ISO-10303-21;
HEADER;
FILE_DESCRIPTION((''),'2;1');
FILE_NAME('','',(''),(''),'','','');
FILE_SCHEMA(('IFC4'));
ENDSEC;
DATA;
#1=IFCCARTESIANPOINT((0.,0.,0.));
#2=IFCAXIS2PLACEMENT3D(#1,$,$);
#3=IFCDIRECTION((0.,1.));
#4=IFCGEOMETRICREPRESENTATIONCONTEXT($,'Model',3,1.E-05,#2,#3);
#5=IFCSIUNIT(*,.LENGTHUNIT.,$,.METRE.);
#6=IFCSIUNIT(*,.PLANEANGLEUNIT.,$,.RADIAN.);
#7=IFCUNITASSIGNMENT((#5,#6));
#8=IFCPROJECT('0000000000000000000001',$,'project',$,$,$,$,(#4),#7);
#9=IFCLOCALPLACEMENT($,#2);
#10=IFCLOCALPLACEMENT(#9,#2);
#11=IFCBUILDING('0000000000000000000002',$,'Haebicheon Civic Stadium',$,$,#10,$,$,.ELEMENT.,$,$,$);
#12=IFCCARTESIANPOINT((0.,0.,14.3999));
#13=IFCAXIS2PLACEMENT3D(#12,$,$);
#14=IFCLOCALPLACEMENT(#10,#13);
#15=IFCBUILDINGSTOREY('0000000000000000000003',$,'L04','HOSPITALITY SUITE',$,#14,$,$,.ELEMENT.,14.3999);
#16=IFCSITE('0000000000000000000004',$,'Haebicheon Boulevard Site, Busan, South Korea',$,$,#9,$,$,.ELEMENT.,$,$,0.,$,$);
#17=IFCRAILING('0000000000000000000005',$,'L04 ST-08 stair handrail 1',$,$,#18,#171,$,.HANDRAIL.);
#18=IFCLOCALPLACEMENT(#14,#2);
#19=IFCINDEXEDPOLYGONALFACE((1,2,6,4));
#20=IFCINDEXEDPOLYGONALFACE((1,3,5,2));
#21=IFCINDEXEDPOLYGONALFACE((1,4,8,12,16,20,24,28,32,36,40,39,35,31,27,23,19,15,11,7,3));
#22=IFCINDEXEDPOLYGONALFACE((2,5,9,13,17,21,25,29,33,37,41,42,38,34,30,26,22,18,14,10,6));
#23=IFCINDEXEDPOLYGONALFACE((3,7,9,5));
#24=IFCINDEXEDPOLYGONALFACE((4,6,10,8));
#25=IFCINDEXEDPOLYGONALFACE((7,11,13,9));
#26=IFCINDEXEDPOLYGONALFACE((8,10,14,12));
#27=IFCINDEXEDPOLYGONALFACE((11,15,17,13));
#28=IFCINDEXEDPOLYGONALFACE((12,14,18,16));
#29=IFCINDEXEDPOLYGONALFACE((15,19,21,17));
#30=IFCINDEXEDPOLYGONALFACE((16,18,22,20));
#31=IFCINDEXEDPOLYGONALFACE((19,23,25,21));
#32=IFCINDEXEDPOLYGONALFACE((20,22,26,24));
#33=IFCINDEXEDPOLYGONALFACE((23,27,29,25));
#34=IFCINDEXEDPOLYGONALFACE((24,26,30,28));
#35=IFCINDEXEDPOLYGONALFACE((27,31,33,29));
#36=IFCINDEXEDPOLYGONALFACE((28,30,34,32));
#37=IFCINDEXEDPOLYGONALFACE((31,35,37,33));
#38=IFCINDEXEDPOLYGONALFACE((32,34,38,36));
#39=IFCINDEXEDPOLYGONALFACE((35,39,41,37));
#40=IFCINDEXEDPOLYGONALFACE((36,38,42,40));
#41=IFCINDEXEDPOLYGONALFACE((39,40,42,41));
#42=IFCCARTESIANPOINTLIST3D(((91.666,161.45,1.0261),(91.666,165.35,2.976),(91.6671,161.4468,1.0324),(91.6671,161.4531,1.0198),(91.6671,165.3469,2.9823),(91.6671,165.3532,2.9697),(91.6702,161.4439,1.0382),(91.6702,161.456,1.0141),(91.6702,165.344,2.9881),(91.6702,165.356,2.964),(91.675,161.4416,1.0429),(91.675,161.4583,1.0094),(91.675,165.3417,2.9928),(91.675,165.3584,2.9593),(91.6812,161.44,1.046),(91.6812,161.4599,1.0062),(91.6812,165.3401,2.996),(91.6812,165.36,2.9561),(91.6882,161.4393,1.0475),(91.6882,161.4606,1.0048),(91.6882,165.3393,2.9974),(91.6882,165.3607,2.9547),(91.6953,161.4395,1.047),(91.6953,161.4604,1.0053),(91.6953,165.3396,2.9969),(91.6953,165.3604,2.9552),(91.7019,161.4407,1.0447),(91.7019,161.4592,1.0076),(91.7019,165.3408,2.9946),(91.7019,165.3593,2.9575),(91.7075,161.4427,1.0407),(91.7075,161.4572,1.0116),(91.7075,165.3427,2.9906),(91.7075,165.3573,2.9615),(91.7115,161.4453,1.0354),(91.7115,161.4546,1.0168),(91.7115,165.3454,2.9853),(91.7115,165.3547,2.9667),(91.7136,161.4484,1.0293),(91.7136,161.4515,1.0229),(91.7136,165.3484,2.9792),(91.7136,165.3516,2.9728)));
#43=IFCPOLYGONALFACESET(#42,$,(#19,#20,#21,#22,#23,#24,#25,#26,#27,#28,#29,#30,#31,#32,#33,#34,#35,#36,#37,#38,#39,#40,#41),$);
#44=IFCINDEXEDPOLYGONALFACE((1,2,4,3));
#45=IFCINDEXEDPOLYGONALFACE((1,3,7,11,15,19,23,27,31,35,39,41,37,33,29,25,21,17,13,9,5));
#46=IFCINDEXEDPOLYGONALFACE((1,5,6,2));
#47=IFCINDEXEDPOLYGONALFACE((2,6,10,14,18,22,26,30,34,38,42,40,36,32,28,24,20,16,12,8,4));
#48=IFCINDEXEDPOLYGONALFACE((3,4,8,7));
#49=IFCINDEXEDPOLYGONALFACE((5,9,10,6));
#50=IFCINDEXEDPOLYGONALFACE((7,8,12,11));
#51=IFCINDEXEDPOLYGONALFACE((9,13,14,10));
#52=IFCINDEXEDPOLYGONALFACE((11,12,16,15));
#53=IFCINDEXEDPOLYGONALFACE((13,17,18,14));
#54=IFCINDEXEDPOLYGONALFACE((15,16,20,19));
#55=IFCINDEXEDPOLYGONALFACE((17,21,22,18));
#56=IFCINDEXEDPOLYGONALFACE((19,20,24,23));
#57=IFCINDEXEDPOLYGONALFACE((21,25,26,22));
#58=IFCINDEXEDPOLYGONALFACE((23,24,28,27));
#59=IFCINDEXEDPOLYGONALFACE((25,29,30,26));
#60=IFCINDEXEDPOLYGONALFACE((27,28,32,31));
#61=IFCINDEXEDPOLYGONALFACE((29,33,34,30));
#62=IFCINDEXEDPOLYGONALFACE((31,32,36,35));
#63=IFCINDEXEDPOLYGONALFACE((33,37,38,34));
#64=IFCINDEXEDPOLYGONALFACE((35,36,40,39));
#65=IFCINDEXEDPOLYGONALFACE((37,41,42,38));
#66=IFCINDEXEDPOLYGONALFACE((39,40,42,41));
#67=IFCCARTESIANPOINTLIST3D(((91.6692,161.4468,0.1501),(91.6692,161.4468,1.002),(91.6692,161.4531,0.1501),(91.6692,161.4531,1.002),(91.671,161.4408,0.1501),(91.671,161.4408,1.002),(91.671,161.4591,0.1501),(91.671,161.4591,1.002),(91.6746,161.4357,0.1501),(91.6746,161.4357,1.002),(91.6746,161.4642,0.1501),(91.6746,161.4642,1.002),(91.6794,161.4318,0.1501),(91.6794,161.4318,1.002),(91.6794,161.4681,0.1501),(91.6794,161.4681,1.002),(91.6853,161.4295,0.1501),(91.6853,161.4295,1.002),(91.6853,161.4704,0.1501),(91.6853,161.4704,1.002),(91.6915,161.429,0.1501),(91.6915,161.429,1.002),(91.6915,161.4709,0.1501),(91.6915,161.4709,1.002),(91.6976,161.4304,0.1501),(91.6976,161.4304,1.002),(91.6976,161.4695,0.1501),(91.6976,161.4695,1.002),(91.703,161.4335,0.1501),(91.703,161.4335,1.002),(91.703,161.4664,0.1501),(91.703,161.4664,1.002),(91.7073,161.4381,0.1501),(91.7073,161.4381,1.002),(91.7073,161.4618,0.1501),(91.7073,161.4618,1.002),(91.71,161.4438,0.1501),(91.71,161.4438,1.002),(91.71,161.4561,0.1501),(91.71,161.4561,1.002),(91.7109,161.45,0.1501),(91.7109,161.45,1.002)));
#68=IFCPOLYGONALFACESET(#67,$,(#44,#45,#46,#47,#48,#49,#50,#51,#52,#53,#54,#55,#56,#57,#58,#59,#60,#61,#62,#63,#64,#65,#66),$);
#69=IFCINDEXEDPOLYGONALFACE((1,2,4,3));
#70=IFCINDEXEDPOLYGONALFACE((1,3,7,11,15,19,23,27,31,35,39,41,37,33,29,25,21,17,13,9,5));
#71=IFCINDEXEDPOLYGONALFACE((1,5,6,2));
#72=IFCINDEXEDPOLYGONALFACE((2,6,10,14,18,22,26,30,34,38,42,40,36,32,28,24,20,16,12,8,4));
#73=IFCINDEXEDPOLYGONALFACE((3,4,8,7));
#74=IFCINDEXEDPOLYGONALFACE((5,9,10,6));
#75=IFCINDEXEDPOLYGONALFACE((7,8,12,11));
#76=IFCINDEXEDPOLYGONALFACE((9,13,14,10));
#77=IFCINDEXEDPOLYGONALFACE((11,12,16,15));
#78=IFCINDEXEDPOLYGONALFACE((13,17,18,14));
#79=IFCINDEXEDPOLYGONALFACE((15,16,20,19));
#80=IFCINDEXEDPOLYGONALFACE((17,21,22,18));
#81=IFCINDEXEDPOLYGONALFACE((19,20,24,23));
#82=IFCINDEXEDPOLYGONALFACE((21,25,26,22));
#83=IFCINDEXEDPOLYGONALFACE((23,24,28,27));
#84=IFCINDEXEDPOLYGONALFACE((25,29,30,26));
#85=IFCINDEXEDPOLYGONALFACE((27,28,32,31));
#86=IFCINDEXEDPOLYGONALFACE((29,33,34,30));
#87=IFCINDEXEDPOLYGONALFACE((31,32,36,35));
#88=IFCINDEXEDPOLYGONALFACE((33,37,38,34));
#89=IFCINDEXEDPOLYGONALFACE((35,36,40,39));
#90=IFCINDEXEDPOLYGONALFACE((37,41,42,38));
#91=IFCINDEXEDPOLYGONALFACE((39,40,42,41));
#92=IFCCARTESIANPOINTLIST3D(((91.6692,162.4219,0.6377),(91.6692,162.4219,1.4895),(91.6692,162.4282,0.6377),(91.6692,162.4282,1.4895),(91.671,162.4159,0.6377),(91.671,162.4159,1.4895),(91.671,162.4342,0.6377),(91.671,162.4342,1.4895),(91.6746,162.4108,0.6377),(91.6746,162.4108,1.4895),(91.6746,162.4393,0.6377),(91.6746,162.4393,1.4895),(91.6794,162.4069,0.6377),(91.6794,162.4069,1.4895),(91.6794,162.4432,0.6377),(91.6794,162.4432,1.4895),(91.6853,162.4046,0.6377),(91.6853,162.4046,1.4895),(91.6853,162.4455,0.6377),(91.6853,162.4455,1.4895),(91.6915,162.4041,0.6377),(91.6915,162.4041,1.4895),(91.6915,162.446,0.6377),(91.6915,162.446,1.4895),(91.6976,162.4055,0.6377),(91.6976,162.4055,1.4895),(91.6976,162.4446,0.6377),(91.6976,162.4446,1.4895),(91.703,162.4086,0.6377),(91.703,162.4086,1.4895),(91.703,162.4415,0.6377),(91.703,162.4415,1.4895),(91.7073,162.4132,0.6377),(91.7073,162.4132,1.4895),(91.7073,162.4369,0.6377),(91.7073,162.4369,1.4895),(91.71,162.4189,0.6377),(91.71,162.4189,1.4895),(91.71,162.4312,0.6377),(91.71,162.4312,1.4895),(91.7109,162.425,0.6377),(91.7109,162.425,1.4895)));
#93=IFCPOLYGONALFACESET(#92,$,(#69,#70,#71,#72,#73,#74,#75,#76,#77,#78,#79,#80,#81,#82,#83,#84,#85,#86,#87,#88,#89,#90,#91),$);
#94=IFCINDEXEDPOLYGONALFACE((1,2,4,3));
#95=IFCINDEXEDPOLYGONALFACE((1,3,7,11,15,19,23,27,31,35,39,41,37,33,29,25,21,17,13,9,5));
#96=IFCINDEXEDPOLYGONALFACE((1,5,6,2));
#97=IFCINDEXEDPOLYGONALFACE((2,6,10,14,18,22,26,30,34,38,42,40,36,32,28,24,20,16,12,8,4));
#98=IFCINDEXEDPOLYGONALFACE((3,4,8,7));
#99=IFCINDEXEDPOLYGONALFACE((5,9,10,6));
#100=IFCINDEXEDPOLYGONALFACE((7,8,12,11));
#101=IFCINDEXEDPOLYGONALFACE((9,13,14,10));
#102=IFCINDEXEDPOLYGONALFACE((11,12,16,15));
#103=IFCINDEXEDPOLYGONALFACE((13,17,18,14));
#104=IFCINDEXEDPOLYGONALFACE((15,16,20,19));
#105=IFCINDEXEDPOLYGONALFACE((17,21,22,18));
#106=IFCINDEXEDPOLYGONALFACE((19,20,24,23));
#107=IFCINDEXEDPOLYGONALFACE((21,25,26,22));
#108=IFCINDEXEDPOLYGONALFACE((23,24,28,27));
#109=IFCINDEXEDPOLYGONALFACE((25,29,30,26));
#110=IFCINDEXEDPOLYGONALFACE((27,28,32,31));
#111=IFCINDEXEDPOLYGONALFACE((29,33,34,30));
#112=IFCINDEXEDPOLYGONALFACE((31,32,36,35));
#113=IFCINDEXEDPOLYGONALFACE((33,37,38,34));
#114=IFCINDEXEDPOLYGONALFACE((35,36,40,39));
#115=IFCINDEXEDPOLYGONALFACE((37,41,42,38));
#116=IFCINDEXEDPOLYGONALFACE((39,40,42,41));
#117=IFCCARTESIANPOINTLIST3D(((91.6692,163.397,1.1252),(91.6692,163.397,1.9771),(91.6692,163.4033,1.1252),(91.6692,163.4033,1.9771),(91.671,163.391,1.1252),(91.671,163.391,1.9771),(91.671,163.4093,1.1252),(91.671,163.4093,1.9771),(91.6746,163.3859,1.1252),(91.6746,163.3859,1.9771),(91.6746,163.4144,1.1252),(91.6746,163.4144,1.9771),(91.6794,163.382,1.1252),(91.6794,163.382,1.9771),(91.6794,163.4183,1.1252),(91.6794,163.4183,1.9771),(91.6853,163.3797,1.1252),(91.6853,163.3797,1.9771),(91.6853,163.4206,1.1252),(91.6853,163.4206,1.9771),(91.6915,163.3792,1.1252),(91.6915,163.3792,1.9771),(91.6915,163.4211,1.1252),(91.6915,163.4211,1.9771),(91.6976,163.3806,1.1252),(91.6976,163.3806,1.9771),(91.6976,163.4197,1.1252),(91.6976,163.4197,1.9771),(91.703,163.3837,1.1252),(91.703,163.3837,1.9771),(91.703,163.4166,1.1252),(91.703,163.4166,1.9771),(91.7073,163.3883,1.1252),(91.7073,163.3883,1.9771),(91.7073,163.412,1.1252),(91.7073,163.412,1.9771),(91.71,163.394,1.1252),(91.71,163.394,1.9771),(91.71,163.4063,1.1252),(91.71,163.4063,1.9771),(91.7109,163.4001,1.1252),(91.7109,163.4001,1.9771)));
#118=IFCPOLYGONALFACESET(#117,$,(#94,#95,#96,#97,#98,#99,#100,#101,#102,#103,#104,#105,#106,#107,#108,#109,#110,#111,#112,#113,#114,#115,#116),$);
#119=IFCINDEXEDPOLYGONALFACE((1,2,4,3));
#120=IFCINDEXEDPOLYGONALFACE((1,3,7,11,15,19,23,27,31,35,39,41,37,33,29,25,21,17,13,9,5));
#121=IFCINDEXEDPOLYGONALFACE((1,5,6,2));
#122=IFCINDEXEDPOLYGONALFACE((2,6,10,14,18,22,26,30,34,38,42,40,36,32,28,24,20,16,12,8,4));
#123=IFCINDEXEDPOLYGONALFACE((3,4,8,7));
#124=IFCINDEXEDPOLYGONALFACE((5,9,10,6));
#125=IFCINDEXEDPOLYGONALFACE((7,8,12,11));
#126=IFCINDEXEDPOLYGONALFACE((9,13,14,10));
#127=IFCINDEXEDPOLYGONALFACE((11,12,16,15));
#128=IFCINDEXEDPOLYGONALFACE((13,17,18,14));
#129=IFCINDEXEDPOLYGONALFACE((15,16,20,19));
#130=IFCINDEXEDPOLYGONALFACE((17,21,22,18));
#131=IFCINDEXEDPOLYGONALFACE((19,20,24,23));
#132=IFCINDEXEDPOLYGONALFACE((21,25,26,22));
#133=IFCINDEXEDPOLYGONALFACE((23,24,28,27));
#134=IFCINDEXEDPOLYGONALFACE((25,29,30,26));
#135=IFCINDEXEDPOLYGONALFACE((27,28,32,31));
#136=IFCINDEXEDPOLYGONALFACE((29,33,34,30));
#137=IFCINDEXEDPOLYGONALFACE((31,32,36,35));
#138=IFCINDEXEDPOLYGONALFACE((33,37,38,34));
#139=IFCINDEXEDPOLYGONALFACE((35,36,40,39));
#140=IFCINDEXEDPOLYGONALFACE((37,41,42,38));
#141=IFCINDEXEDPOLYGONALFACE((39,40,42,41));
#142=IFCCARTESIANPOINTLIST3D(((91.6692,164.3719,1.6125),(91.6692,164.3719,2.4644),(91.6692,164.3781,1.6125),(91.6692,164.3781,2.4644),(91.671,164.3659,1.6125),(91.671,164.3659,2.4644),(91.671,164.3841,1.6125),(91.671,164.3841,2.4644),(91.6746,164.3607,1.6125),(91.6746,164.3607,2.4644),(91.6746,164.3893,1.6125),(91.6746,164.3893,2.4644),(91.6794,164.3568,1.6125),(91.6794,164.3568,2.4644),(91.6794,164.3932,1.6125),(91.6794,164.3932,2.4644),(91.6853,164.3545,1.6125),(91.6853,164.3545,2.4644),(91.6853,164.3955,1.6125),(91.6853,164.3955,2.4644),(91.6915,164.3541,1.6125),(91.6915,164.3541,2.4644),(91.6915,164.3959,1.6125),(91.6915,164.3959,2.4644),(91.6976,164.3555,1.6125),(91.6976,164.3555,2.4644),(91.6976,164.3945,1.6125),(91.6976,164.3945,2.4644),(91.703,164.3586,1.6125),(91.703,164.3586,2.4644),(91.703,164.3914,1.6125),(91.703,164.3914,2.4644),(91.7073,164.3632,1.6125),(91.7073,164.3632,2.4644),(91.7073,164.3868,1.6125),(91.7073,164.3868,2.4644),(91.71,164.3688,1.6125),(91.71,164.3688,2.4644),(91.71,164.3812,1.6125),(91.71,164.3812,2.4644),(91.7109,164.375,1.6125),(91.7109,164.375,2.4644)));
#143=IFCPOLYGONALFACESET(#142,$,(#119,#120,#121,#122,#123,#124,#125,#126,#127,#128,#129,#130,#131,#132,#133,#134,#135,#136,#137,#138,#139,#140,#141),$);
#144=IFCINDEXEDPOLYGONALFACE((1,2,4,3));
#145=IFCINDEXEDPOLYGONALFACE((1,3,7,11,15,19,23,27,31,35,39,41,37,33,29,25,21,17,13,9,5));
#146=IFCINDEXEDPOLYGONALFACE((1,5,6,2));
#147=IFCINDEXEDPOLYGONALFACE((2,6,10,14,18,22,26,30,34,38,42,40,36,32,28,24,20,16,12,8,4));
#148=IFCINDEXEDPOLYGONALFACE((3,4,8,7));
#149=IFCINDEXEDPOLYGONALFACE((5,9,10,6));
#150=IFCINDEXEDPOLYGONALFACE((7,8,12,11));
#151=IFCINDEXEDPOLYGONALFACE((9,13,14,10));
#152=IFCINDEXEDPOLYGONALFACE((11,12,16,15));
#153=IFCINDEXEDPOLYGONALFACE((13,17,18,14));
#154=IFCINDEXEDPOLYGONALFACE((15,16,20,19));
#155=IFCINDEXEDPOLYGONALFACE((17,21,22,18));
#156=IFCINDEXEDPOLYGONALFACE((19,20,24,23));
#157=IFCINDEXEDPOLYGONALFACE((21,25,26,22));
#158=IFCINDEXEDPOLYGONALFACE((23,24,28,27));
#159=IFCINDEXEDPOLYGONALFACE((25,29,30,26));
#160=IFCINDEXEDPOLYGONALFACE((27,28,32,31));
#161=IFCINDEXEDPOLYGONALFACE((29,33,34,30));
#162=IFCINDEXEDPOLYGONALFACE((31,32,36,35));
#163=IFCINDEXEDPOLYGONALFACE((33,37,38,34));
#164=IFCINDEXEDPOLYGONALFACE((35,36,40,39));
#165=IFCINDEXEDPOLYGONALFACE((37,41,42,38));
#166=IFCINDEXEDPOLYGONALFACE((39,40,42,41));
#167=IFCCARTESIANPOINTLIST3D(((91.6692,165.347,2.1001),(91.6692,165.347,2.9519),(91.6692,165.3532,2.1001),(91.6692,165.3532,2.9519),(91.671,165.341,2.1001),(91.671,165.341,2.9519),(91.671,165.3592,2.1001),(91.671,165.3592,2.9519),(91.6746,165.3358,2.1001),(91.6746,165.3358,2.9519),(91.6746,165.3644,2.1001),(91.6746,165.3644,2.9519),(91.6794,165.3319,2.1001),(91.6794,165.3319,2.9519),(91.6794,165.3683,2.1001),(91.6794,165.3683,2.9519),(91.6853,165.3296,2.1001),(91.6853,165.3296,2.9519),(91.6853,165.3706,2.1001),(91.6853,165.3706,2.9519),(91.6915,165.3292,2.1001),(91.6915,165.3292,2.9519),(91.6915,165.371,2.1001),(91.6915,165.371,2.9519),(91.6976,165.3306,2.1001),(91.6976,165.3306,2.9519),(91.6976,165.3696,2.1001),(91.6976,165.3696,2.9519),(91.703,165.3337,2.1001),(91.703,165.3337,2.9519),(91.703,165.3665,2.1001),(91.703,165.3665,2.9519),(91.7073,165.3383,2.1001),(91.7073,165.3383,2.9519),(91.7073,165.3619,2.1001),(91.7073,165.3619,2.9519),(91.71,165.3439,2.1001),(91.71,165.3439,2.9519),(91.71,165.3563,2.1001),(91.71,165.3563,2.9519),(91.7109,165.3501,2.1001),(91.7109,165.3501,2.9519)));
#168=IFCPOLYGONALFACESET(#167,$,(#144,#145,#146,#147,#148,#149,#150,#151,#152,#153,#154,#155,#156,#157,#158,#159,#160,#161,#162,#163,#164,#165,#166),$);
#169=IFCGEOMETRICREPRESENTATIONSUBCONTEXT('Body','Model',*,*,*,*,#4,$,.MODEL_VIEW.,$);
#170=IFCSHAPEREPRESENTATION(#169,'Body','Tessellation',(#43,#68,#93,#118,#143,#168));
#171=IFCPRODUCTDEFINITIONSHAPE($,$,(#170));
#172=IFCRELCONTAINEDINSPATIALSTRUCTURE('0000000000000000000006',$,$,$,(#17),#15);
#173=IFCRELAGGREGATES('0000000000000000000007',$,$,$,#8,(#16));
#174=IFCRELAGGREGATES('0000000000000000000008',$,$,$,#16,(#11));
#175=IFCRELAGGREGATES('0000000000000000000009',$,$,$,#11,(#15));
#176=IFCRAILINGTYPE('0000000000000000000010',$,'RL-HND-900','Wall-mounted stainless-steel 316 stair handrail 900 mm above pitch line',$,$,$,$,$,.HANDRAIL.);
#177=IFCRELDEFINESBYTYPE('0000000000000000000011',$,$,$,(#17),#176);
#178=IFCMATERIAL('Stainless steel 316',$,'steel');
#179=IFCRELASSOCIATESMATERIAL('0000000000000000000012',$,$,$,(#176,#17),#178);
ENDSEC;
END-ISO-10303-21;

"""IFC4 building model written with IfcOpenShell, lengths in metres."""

from ifc_helpers import new_model, si_unit, direction, frame, origin, origin_2d, place, context, subcontext, project, spatial, circle, extrude, material, type_object, element, save


model = new_model("IFC4")

# Units and contexts
model_context = context("Model", 3, precision=1e-05, world=origin(), true_north=direction((0.0, 1.0)))
body_context = subcontext(model_context, "Body", "Model", "MODEL_VIEW")
ifc_project = project(units=[si_unit("LENGTHUNIT", "METRE"), si_unit("PLANEANGLEUNIT", "RADIAN")], contexts=[model_context])

# Site, building, storey
site_placement = place(None, origin())
site = spatial("IfcSite", under=ifc_project, at=site_placement, Name="Haebicheon Boulevard Site, Busan, South Korea", CompositionType="ELEMENT", RefElevation=0.0)
building_placement = place(site_placement, origin())
building = spatial("IfcBuilding", under=site, at=building_placement, Name="Haebicheon Civic Stadium", CompositionType="ELEMENT")
storey_placement = place(building_placement, frame((0.0, 0.0, 14.3999)))
storey = spatial("IfcBuildingStorey", under=building, at=storey_placement, Name="L04", Description="HOSPITALITY SUITE", CompositionType="ELEMENT", Elevation=14.3999)

# Railing
ifc_material_1 = material(Name="Stainless steel 316", Category="steel")
railing_type_1 = type_object("IfcRailingType", Name="RL-HND-900", Description="Wall-mounted stainless-steel 316 stair handrail 900 mm above pitch line", PredefinedType="HANDRAIL", material=ifc_material_1)
railing_1_placement = place(storey_placement, frame((91.6899, 161.45, 0.1501)))
element("IfcRailing", 1, at=railing_1_placement, inside=storey, type_object=railing_type_1, material=ifc_material_1, Name="L04 ST-08 stair handrail 1", PredefinedType="HANDRAIL", context=body_context, shape_type="SweptSolid", body=[
    extrude(circle(Radius=0.0239, at=origin_2d()), frame((0.0, 0.0, 0.876), z_axis=(0.0, 0.894438, 0.447191), x_axis=(-1.0, 0.0, 0.0)), (0.0, 0.0, 1.0), 4.3604),
    extrude(circle(Radius=0.021, at=origin_2d()), origin(), (0.0, 0.0, 1.0), 0.8518),
    extrude(circle(Radius=0.021, at=origin_2d()), frame((0.0, 0.9751, 0.4875)), (0.0, 0.0, 1.0), 0.8518),
    extrude(circle(Radius=0.021, at=origin_2d()), frame((0.0, 1.9502, 0.9751)), (0.0, 0.0, 1.0), 0.8518),
    extrude(circle(Radius=0.021, at=origin_2d()), frame((0.0, 2.925, 1.4624)), (0.0, 0.0, 1.0), 0.8518),
    extrude(circle(Radius=0.021, at=origin_2d()), frame((0.0, 3.9001, 1.95)), (0.0, 0.0, 1.0), 0.8518),
])

save(model, "model.ifc")
